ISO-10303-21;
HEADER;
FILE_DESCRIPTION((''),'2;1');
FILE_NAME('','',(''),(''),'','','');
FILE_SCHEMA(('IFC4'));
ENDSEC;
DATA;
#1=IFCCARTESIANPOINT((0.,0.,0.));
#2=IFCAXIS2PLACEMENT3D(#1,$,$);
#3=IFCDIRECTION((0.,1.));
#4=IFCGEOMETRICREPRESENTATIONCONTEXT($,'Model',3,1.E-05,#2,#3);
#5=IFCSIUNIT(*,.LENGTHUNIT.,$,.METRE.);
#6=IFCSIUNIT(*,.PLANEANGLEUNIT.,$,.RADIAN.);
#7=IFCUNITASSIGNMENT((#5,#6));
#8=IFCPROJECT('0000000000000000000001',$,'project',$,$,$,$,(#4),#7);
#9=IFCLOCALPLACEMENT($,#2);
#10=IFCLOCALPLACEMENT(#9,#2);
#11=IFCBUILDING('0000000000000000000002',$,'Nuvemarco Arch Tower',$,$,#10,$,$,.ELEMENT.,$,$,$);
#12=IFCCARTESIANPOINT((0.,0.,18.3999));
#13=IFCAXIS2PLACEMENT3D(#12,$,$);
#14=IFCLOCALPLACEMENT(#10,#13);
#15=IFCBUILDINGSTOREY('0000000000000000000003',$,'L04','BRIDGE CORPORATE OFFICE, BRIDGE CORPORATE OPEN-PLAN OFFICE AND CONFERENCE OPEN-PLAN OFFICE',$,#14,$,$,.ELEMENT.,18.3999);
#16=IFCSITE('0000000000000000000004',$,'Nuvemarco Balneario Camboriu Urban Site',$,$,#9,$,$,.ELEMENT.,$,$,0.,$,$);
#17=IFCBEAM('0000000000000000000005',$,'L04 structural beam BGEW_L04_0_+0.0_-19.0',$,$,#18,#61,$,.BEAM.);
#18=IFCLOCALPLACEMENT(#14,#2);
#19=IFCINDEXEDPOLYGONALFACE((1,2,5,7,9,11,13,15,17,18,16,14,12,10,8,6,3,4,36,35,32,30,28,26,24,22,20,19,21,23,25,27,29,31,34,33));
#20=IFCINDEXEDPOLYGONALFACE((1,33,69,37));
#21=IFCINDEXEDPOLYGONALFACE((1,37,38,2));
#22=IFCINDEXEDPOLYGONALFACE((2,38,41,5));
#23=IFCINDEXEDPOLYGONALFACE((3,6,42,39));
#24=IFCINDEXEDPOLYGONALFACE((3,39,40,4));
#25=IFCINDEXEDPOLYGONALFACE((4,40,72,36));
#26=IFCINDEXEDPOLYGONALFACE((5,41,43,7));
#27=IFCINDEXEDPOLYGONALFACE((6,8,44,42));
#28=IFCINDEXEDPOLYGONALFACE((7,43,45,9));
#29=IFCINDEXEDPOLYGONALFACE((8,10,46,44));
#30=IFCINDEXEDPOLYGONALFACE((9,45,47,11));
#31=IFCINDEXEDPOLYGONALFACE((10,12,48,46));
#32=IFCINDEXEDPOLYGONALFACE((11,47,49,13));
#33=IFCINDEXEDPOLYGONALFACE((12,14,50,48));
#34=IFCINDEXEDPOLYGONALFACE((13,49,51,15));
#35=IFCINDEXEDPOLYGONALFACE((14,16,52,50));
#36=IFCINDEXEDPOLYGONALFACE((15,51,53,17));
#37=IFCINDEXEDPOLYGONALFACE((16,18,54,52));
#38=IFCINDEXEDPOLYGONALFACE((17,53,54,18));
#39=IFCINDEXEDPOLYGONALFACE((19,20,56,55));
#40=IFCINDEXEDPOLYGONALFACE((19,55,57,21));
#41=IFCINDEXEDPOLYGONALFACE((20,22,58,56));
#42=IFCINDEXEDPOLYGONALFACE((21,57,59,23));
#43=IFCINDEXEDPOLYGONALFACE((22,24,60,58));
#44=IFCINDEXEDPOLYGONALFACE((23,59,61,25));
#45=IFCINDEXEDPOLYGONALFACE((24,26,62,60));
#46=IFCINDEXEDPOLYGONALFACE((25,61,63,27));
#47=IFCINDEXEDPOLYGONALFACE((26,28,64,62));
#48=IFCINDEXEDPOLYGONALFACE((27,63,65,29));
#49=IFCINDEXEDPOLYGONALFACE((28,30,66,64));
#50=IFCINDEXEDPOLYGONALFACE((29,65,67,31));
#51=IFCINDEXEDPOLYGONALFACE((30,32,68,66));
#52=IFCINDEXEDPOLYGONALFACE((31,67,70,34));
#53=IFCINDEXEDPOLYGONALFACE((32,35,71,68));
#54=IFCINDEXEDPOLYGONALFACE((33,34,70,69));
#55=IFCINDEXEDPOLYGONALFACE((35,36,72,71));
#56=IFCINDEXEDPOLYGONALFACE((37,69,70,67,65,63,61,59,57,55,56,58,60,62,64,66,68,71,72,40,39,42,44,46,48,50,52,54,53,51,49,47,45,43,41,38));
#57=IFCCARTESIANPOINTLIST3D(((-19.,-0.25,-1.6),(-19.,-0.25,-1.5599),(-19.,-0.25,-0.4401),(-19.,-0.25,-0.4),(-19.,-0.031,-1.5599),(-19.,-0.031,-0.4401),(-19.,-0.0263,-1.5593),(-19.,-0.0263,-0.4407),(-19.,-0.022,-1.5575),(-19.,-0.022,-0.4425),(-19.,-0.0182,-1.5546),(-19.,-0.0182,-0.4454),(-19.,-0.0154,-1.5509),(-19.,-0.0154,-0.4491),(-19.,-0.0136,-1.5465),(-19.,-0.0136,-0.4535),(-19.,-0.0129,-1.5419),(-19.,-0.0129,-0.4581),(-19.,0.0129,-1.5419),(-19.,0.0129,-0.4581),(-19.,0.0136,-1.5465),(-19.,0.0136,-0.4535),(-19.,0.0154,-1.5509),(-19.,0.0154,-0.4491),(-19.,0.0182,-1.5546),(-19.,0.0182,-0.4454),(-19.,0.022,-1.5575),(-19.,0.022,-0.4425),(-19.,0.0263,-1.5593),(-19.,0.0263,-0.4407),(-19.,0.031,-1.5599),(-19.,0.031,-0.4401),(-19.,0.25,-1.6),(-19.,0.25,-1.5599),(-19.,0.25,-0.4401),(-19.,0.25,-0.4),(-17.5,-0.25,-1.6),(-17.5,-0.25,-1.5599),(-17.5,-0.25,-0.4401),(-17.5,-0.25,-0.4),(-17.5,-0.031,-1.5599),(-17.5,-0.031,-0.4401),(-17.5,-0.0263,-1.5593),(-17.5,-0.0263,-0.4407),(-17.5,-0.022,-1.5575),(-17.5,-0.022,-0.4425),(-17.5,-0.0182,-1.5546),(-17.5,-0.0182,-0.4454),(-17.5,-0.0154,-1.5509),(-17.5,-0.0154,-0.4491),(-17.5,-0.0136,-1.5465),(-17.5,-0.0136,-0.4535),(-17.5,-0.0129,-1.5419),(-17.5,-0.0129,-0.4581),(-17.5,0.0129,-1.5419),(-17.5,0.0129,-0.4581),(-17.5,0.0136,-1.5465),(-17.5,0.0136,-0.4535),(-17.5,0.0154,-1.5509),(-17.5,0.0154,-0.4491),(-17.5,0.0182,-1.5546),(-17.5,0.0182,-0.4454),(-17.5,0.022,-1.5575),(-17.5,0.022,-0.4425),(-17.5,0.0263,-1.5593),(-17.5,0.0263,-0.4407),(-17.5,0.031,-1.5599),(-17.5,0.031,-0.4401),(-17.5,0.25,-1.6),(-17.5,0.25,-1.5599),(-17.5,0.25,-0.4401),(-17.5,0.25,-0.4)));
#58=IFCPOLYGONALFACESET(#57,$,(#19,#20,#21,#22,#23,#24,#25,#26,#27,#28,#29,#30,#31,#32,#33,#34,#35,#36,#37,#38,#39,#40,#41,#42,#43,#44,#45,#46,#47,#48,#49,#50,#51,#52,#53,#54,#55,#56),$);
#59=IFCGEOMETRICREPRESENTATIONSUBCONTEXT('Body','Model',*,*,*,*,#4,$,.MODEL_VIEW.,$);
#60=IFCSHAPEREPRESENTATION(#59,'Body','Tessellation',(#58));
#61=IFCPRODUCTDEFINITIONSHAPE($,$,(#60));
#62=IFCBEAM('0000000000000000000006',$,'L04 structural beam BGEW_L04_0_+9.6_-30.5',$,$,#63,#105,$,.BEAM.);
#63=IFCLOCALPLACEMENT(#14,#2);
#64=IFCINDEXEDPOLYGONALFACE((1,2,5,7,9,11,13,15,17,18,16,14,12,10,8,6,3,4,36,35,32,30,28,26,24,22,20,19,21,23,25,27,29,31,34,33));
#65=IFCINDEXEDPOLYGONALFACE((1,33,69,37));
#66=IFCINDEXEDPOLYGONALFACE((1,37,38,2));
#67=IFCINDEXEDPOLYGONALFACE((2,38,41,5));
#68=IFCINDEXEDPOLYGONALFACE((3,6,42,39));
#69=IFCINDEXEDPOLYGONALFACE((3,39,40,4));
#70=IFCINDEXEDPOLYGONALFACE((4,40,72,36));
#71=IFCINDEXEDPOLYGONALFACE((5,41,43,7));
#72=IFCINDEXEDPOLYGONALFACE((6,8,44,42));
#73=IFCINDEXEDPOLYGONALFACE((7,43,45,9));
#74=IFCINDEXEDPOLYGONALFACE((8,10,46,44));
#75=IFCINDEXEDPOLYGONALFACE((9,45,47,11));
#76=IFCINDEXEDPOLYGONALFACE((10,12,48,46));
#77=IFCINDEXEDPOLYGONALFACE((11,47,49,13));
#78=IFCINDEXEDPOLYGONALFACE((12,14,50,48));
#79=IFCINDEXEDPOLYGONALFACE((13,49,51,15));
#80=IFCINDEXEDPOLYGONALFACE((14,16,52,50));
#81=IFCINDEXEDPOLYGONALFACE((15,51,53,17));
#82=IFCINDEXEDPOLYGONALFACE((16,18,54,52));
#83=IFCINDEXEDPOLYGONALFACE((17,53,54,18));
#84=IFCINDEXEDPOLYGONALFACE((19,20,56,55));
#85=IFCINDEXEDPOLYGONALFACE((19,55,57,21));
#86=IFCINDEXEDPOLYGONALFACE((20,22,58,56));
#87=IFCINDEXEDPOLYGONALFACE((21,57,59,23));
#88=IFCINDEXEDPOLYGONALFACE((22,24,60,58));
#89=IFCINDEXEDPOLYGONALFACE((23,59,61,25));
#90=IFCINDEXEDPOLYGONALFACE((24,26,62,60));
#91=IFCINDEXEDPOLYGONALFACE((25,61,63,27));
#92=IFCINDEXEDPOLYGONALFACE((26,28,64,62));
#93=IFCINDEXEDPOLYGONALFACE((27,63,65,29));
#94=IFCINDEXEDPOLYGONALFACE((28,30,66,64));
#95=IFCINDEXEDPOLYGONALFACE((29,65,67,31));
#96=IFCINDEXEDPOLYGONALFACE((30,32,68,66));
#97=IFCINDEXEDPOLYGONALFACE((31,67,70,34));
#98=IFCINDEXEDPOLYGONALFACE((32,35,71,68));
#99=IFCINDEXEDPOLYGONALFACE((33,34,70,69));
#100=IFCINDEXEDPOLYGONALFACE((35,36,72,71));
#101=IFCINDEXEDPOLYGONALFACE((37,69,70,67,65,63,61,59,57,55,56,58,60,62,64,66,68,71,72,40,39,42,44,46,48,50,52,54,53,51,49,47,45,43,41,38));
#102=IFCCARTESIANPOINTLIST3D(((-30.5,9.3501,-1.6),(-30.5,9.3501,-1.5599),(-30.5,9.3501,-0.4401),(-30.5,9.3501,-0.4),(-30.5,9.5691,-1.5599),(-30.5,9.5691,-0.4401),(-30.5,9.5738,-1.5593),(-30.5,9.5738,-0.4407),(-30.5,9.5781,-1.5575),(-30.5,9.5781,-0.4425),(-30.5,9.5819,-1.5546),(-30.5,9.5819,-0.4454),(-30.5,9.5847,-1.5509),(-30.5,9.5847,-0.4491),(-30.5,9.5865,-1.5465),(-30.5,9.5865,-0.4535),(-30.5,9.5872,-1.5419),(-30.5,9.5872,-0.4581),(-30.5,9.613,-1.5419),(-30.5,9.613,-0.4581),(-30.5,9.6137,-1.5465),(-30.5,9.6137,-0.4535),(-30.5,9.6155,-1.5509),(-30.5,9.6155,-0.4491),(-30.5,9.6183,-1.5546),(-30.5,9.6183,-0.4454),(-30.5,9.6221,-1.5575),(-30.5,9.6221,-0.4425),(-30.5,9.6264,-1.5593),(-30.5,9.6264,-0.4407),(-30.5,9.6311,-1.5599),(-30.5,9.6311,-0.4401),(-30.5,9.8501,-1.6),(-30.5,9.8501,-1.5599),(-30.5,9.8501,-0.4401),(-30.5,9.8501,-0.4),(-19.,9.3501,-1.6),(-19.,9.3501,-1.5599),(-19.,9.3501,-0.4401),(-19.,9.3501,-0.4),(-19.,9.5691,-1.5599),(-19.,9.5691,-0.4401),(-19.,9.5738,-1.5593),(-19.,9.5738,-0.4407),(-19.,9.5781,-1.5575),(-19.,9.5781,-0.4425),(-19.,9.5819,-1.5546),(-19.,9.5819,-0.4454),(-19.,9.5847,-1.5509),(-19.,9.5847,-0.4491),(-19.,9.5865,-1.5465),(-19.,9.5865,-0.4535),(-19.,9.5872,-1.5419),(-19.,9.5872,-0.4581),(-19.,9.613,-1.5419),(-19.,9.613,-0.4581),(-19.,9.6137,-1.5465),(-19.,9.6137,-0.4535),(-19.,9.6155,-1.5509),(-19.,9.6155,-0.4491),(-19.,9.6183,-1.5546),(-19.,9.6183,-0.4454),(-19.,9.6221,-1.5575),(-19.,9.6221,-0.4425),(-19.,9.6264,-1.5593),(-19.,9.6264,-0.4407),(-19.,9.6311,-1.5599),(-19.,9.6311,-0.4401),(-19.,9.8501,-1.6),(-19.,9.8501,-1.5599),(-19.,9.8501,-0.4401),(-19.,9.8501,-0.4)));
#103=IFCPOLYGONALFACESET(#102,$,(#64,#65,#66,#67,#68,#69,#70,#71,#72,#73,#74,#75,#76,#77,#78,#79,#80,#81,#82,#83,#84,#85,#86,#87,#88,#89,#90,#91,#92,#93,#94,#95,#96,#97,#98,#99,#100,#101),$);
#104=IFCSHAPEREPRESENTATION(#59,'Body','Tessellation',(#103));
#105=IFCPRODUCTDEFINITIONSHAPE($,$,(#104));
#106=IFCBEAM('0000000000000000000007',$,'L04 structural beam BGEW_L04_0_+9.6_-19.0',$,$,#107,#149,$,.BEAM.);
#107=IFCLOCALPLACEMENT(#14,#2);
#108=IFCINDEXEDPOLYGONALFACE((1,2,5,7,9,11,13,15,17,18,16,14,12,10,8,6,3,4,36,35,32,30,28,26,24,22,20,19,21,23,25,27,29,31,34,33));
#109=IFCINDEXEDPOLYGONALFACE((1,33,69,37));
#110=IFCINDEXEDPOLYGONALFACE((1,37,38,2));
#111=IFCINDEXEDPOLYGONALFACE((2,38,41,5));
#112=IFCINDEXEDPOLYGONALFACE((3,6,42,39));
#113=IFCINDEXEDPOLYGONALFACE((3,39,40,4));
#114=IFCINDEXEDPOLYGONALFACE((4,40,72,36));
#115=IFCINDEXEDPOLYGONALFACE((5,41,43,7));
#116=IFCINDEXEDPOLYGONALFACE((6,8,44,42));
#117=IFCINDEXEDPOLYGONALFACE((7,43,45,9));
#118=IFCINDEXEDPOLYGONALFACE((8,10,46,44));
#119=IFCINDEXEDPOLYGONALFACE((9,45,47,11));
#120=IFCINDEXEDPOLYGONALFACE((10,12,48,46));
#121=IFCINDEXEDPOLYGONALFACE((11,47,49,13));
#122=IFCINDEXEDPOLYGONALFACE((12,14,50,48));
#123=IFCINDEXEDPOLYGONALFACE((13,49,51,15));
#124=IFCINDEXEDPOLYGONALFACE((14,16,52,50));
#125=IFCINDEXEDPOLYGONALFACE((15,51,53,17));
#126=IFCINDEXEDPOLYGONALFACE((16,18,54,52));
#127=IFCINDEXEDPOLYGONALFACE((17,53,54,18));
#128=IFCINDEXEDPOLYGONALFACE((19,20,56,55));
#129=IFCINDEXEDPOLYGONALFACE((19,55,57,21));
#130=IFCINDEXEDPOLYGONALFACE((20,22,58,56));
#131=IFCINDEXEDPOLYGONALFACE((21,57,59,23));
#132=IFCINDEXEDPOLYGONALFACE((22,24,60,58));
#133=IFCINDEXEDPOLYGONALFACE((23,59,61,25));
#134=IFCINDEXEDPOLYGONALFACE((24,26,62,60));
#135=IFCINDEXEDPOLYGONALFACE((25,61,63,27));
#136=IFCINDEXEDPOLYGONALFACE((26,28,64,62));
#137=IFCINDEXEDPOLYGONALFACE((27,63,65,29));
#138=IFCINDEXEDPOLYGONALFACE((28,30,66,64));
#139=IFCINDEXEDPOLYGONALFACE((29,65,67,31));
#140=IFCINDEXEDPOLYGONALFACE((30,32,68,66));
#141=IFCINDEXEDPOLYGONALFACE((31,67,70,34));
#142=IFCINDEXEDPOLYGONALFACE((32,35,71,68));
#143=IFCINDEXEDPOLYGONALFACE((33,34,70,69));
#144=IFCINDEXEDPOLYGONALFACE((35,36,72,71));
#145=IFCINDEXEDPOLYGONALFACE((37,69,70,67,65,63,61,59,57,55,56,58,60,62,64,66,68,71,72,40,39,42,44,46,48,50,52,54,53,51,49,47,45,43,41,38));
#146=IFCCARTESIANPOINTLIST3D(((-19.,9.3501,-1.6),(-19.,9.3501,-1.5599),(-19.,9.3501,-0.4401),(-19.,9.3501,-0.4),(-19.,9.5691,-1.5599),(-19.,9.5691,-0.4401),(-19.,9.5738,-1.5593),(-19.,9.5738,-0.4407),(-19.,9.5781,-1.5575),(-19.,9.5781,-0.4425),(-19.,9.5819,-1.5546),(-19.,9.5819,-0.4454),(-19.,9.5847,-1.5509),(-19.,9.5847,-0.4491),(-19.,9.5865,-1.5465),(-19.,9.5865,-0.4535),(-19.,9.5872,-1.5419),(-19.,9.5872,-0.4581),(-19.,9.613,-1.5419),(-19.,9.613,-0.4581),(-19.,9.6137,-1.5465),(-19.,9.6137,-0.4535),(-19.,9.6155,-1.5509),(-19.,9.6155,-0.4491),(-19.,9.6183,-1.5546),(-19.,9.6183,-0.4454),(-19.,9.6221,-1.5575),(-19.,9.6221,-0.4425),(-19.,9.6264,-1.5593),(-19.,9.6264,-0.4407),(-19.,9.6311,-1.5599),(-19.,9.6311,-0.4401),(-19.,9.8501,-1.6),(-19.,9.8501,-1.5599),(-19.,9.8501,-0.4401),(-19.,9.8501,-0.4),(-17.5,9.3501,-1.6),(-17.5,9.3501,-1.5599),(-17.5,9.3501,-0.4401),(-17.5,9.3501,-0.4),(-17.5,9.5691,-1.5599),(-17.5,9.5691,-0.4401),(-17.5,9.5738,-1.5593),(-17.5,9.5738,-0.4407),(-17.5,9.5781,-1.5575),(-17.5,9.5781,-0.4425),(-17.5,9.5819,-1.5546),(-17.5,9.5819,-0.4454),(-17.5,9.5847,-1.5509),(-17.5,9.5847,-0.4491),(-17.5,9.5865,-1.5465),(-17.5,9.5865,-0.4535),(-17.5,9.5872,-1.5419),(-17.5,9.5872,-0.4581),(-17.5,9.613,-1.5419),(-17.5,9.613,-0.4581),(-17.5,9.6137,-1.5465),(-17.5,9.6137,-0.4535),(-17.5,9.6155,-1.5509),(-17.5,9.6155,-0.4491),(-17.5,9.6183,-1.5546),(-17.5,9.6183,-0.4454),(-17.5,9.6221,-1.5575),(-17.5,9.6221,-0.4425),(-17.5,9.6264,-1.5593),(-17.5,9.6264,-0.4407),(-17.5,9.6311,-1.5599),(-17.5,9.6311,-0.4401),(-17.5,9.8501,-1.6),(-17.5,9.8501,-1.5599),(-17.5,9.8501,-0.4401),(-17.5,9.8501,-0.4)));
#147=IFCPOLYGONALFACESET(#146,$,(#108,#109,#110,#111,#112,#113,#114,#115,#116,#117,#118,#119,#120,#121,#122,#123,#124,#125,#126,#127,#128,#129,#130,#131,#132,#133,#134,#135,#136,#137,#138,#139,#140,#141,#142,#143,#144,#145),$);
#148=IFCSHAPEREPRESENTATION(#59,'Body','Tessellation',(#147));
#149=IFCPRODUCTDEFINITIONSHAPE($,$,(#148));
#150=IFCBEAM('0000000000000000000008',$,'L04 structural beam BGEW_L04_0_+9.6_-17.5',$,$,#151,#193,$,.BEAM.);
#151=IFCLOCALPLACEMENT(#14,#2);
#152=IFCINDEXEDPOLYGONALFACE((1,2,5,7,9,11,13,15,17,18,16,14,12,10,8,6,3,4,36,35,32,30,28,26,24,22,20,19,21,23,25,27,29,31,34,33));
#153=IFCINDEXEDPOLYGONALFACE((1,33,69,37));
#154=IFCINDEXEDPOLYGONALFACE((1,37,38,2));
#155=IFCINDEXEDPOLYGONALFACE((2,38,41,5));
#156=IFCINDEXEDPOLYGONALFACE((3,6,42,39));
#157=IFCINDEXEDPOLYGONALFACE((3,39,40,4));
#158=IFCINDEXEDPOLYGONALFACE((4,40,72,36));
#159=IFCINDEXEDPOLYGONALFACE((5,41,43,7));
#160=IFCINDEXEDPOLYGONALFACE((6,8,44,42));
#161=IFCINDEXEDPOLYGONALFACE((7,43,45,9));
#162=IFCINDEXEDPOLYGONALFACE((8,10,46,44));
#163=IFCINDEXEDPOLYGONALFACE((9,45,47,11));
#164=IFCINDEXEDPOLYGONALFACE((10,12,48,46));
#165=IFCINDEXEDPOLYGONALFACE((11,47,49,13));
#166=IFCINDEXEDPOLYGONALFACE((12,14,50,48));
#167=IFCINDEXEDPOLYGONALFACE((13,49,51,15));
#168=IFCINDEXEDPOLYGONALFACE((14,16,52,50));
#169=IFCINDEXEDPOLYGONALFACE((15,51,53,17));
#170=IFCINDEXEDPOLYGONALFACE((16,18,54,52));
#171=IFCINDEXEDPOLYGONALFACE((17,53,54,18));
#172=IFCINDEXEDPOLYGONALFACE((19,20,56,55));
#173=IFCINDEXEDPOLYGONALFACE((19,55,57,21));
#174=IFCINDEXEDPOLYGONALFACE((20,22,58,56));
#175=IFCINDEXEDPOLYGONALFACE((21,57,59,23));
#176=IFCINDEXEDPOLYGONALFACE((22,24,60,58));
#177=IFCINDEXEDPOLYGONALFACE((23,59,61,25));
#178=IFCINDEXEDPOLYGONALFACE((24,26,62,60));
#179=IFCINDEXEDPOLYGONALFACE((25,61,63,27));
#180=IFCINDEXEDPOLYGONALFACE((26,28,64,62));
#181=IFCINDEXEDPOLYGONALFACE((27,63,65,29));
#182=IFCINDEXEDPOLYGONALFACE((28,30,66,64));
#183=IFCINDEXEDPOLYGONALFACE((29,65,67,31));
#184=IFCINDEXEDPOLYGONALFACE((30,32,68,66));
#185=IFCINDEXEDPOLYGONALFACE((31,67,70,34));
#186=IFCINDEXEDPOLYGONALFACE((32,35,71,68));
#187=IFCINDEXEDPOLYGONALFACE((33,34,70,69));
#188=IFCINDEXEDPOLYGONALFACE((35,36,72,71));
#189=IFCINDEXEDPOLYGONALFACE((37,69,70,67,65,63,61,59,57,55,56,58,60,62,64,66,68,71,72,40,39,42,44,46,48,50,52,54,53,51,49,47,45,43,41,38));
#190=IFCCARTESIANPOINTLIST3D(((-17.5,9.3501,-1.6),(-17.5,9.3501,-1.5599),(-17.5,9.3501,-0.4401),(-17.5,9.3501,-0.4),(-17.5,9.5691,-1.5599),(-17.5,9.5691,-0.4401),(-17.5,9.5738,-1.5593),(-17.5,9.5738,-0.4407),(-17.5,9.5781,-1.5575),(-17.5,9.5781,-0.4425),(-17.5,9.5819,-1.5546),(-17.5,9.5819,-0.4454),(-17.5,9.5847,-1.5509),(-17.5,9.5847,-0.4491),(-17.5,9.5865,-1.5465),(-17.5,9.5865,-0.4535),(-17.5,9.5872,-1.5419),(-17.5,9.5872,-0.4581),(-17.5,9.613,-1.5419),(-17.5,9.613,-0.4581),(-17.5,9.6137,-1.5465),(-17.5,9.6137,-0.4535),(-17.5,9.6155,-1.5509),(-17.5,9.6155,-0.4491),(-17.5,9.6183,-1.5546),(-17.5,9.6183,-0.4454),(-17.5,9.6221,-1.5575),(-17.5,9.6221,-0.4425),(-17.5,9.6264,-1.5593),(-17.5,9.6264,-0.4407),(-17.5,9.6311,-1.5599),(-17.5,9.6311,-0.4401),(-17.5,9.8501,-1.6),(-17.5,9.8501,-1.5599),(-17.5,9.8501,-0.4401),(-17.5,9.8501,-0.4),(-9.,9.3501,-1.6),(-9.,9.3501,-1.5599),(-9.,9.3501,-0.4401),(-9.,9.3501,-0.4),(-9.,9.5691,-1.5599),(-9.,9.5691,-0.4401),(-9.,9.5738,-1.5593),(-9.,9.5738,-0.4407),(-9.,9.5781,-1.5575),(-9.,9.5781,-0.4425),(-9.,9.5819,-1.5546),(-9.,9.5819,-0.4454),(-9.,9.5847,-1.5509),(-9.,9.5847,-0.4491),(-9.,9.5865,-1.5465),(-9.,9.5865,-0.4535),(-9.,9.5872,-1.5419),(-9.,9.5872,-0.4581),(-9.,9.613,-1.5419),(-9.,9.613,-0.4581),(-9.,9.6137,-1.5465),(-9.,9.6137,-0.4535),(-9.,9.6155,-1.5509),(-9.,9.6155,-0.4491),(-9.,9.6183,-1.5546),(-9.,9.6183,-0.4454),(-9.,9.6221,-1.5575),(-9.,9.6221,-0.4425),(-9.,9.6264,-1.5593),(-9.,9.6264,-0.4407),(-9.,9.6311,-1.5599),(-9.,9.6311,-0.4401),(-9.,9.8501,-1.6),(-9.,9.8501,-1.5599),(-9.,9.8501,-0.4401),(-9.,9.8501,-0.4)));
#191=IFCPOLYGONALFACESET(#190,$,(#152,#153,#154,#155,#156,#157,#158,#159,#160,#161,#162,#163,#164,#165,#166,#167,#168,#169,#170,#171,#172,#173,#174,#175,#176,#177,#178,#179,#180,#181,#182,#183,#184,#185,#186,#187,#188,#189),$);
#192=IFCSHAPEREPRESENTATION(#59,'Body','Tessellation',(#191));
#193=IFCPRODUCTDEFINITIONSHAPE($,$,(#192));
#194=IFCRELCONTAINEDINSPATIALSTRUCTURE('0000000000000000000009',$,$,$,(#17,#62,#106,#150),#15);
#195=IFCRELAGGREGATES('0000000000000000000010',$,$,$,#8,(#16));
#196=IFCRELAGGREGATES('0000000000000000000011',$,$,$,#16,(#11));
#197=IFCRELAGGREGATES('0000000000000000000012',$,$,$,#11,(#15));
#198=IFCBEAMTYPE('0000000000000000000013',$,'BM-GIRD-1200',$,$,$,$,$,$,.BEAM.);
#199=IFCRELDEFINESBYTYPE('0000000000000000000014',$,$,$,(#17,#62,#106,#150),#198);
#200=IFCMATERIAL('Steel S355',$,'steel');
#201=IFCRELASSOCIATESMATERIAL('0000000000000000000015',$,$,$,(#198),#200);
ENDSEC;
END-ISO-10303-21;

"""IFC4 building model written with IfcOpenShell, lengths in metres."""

from ifc_helpers import new_model, si_unit, direction, frame, origin, origin_2d, place, context, subcontext, project, spatial, i_section, extrude, material, material_profile, profile_set, type_object, element, save


model = new_model("IFC4")

# Units and contexts
model_context = context("Model", 3, precision=1e-05, world=origin(), true_north=direction((0.0, 1.0)))
body_context = subcontext(model_context, "Body", "Model", "MODEL_VIEW")
ifc_project = project(units=[si_unit("LENGTHUNIT", "METRE"), si_unit("PLANEANGLEUNIT", "RADIAN")], contexts=[model_context])

# Site, building, storey
site_placement = place(None, origin())
site = spatial("IfcSite", under=ifc_project, at=site_placement, Name="Nuvemarco Balneario Camboriu Urban Site", CompositionType="ELEMENT", RefElevation=0.0)
building_placement = place(site_placement, origin())
building = spatial("IfcBuilding", under=site, at=building_placement, Name="Nuvemarco Arch Tower", CompositionType="ELEMENT")
storey_placement = place(building_placement, frame((0.0, 0.0, 18.3999)))
storey = spatial("IfcBuildingStorey", under=building, at=storey_placement, Name="L04", Description="BRIDGE CORPORATE OFFICE, BRIDGE CORPORATE OPEN-PLAN OFFICE AND CONFERENCE OPEN-PLAN OFFICE", CompositionType="ELEMENT", Elevation=18.3999)

# Beams
ifc_material_1 = material(Name="Steel S355", Category="steel")
ifc_material_profile_1 = material_profile(ifc_material_1, i_section(OverallWidth=0.5, OverallDepth=1.2, WebThickness=0.0259, FlangeThickness=0.04, FilletRadius=0.0181, at=origin_2d()), Name="PG1200x500")
ifc_profile_set_1 = profile_set([ifc_material_profile_1], Name="Steel S355")
beam_type_1 = type_object("IfcBeamType", Name="BM-GIRD-1200", PredefinedType="BEAM", material=ifc_profile_set_1)
beam_1_placement = place(storey_placement, frame((-19.0, 0.0, -1.0), z_axis=(1.0, 0.0, 0.0), x_axis=(0.0, 1.0, 0.0)))
element("IfcBeam", 1, at=beam_1_placement, inside=storey, type_object=beam_type_1, Name="L04 structural beam BGEW_L04_0_+0.0_-19.0", PredefinedType="BEAM", context=body_context, shape_type="SweptSolid", body=[
    extrude(i_section(OverallWidth=0.5, OverallDepth=1.2, WebThickness=0.0259, FlangeThickness=0.04, FilletRadius=0.0181, at=origin_2d()), origin(), (0.0, 0.0, 1.0), 1.5),
])
beam_2_placement = place(storey_placement, frame((-30.5, 9.6001, -1.0), z_axis=(1.0, 0.0, 0.0), x_axis=(0.0, 1.0, 0.0)))
element("IfcBeam", 2, at=beam_2_placement, inside=storey, type_object=beam_type_1, Name="L04 structural beam BGEW_L04_0_+9.6_-30.5", PredefinedType="BEAM", context=body_context, shape_type="SweptSolid", body=[
    extrude(i_section(OverallWidth=0.5, OverallDepth=1.2, WebThickness=0.0259, FlangeThickness=0.04, FilletRadius=0.0181, at=origin_2d()), origin(), (0.0, 0.0, 1.0), 11.5),
])
beam_3_placement = place(storey_placement, frame((-19.0, 9.6001, -1.0), z_axis=(1.0, 0.0, 0.0), x_axis=(0.0, 1.0, 0.0)))
element("IfcBeam", 3, at=beam_3_placement, inside=storey, type_object=beam_type_1, Name="L04 structural beam BGEW_L04_0_+9.6_-19.0", PredefinedType="BEAM", context=body_context, shape_type="SweptSolid", body=[
    extrude(i_section(OverallWidth=0.5, OverallDepth=1.2, WebThickness=0.0259, FlangeThickness=0.04, FilletRadius=0.0181, at=origin_2d()), origin(), (0.0, 0.0, 1.0), 1.5),
])
beam_4_placement = place(storey_placement, frame((-17.5, 9.6001, -1.0), z_axis=(1.0, 0.0, 0.0), x_axis=(0.0, 1.0, 0.0)))
element("IfcBeam", 4, at=beam_4_placement, inside=storey, type_object=beam_type_1, Name="L04 structural beam BGEW_L04_0_+9.6_-17.5", PredefinedType="BEAM", context=body_context, shape_type="SweptSolid", body=[
    extrude(i_section(OverallWidth=0.5, OverallDepth=1.2, WebThickness=0.0259, FlangeThickness=0.04, FilletRadius=0.0181, at=origin_2d()), origin(), (0.0, 0.0, 1.0), 8.5),
])

save(model, "model.ifc")
